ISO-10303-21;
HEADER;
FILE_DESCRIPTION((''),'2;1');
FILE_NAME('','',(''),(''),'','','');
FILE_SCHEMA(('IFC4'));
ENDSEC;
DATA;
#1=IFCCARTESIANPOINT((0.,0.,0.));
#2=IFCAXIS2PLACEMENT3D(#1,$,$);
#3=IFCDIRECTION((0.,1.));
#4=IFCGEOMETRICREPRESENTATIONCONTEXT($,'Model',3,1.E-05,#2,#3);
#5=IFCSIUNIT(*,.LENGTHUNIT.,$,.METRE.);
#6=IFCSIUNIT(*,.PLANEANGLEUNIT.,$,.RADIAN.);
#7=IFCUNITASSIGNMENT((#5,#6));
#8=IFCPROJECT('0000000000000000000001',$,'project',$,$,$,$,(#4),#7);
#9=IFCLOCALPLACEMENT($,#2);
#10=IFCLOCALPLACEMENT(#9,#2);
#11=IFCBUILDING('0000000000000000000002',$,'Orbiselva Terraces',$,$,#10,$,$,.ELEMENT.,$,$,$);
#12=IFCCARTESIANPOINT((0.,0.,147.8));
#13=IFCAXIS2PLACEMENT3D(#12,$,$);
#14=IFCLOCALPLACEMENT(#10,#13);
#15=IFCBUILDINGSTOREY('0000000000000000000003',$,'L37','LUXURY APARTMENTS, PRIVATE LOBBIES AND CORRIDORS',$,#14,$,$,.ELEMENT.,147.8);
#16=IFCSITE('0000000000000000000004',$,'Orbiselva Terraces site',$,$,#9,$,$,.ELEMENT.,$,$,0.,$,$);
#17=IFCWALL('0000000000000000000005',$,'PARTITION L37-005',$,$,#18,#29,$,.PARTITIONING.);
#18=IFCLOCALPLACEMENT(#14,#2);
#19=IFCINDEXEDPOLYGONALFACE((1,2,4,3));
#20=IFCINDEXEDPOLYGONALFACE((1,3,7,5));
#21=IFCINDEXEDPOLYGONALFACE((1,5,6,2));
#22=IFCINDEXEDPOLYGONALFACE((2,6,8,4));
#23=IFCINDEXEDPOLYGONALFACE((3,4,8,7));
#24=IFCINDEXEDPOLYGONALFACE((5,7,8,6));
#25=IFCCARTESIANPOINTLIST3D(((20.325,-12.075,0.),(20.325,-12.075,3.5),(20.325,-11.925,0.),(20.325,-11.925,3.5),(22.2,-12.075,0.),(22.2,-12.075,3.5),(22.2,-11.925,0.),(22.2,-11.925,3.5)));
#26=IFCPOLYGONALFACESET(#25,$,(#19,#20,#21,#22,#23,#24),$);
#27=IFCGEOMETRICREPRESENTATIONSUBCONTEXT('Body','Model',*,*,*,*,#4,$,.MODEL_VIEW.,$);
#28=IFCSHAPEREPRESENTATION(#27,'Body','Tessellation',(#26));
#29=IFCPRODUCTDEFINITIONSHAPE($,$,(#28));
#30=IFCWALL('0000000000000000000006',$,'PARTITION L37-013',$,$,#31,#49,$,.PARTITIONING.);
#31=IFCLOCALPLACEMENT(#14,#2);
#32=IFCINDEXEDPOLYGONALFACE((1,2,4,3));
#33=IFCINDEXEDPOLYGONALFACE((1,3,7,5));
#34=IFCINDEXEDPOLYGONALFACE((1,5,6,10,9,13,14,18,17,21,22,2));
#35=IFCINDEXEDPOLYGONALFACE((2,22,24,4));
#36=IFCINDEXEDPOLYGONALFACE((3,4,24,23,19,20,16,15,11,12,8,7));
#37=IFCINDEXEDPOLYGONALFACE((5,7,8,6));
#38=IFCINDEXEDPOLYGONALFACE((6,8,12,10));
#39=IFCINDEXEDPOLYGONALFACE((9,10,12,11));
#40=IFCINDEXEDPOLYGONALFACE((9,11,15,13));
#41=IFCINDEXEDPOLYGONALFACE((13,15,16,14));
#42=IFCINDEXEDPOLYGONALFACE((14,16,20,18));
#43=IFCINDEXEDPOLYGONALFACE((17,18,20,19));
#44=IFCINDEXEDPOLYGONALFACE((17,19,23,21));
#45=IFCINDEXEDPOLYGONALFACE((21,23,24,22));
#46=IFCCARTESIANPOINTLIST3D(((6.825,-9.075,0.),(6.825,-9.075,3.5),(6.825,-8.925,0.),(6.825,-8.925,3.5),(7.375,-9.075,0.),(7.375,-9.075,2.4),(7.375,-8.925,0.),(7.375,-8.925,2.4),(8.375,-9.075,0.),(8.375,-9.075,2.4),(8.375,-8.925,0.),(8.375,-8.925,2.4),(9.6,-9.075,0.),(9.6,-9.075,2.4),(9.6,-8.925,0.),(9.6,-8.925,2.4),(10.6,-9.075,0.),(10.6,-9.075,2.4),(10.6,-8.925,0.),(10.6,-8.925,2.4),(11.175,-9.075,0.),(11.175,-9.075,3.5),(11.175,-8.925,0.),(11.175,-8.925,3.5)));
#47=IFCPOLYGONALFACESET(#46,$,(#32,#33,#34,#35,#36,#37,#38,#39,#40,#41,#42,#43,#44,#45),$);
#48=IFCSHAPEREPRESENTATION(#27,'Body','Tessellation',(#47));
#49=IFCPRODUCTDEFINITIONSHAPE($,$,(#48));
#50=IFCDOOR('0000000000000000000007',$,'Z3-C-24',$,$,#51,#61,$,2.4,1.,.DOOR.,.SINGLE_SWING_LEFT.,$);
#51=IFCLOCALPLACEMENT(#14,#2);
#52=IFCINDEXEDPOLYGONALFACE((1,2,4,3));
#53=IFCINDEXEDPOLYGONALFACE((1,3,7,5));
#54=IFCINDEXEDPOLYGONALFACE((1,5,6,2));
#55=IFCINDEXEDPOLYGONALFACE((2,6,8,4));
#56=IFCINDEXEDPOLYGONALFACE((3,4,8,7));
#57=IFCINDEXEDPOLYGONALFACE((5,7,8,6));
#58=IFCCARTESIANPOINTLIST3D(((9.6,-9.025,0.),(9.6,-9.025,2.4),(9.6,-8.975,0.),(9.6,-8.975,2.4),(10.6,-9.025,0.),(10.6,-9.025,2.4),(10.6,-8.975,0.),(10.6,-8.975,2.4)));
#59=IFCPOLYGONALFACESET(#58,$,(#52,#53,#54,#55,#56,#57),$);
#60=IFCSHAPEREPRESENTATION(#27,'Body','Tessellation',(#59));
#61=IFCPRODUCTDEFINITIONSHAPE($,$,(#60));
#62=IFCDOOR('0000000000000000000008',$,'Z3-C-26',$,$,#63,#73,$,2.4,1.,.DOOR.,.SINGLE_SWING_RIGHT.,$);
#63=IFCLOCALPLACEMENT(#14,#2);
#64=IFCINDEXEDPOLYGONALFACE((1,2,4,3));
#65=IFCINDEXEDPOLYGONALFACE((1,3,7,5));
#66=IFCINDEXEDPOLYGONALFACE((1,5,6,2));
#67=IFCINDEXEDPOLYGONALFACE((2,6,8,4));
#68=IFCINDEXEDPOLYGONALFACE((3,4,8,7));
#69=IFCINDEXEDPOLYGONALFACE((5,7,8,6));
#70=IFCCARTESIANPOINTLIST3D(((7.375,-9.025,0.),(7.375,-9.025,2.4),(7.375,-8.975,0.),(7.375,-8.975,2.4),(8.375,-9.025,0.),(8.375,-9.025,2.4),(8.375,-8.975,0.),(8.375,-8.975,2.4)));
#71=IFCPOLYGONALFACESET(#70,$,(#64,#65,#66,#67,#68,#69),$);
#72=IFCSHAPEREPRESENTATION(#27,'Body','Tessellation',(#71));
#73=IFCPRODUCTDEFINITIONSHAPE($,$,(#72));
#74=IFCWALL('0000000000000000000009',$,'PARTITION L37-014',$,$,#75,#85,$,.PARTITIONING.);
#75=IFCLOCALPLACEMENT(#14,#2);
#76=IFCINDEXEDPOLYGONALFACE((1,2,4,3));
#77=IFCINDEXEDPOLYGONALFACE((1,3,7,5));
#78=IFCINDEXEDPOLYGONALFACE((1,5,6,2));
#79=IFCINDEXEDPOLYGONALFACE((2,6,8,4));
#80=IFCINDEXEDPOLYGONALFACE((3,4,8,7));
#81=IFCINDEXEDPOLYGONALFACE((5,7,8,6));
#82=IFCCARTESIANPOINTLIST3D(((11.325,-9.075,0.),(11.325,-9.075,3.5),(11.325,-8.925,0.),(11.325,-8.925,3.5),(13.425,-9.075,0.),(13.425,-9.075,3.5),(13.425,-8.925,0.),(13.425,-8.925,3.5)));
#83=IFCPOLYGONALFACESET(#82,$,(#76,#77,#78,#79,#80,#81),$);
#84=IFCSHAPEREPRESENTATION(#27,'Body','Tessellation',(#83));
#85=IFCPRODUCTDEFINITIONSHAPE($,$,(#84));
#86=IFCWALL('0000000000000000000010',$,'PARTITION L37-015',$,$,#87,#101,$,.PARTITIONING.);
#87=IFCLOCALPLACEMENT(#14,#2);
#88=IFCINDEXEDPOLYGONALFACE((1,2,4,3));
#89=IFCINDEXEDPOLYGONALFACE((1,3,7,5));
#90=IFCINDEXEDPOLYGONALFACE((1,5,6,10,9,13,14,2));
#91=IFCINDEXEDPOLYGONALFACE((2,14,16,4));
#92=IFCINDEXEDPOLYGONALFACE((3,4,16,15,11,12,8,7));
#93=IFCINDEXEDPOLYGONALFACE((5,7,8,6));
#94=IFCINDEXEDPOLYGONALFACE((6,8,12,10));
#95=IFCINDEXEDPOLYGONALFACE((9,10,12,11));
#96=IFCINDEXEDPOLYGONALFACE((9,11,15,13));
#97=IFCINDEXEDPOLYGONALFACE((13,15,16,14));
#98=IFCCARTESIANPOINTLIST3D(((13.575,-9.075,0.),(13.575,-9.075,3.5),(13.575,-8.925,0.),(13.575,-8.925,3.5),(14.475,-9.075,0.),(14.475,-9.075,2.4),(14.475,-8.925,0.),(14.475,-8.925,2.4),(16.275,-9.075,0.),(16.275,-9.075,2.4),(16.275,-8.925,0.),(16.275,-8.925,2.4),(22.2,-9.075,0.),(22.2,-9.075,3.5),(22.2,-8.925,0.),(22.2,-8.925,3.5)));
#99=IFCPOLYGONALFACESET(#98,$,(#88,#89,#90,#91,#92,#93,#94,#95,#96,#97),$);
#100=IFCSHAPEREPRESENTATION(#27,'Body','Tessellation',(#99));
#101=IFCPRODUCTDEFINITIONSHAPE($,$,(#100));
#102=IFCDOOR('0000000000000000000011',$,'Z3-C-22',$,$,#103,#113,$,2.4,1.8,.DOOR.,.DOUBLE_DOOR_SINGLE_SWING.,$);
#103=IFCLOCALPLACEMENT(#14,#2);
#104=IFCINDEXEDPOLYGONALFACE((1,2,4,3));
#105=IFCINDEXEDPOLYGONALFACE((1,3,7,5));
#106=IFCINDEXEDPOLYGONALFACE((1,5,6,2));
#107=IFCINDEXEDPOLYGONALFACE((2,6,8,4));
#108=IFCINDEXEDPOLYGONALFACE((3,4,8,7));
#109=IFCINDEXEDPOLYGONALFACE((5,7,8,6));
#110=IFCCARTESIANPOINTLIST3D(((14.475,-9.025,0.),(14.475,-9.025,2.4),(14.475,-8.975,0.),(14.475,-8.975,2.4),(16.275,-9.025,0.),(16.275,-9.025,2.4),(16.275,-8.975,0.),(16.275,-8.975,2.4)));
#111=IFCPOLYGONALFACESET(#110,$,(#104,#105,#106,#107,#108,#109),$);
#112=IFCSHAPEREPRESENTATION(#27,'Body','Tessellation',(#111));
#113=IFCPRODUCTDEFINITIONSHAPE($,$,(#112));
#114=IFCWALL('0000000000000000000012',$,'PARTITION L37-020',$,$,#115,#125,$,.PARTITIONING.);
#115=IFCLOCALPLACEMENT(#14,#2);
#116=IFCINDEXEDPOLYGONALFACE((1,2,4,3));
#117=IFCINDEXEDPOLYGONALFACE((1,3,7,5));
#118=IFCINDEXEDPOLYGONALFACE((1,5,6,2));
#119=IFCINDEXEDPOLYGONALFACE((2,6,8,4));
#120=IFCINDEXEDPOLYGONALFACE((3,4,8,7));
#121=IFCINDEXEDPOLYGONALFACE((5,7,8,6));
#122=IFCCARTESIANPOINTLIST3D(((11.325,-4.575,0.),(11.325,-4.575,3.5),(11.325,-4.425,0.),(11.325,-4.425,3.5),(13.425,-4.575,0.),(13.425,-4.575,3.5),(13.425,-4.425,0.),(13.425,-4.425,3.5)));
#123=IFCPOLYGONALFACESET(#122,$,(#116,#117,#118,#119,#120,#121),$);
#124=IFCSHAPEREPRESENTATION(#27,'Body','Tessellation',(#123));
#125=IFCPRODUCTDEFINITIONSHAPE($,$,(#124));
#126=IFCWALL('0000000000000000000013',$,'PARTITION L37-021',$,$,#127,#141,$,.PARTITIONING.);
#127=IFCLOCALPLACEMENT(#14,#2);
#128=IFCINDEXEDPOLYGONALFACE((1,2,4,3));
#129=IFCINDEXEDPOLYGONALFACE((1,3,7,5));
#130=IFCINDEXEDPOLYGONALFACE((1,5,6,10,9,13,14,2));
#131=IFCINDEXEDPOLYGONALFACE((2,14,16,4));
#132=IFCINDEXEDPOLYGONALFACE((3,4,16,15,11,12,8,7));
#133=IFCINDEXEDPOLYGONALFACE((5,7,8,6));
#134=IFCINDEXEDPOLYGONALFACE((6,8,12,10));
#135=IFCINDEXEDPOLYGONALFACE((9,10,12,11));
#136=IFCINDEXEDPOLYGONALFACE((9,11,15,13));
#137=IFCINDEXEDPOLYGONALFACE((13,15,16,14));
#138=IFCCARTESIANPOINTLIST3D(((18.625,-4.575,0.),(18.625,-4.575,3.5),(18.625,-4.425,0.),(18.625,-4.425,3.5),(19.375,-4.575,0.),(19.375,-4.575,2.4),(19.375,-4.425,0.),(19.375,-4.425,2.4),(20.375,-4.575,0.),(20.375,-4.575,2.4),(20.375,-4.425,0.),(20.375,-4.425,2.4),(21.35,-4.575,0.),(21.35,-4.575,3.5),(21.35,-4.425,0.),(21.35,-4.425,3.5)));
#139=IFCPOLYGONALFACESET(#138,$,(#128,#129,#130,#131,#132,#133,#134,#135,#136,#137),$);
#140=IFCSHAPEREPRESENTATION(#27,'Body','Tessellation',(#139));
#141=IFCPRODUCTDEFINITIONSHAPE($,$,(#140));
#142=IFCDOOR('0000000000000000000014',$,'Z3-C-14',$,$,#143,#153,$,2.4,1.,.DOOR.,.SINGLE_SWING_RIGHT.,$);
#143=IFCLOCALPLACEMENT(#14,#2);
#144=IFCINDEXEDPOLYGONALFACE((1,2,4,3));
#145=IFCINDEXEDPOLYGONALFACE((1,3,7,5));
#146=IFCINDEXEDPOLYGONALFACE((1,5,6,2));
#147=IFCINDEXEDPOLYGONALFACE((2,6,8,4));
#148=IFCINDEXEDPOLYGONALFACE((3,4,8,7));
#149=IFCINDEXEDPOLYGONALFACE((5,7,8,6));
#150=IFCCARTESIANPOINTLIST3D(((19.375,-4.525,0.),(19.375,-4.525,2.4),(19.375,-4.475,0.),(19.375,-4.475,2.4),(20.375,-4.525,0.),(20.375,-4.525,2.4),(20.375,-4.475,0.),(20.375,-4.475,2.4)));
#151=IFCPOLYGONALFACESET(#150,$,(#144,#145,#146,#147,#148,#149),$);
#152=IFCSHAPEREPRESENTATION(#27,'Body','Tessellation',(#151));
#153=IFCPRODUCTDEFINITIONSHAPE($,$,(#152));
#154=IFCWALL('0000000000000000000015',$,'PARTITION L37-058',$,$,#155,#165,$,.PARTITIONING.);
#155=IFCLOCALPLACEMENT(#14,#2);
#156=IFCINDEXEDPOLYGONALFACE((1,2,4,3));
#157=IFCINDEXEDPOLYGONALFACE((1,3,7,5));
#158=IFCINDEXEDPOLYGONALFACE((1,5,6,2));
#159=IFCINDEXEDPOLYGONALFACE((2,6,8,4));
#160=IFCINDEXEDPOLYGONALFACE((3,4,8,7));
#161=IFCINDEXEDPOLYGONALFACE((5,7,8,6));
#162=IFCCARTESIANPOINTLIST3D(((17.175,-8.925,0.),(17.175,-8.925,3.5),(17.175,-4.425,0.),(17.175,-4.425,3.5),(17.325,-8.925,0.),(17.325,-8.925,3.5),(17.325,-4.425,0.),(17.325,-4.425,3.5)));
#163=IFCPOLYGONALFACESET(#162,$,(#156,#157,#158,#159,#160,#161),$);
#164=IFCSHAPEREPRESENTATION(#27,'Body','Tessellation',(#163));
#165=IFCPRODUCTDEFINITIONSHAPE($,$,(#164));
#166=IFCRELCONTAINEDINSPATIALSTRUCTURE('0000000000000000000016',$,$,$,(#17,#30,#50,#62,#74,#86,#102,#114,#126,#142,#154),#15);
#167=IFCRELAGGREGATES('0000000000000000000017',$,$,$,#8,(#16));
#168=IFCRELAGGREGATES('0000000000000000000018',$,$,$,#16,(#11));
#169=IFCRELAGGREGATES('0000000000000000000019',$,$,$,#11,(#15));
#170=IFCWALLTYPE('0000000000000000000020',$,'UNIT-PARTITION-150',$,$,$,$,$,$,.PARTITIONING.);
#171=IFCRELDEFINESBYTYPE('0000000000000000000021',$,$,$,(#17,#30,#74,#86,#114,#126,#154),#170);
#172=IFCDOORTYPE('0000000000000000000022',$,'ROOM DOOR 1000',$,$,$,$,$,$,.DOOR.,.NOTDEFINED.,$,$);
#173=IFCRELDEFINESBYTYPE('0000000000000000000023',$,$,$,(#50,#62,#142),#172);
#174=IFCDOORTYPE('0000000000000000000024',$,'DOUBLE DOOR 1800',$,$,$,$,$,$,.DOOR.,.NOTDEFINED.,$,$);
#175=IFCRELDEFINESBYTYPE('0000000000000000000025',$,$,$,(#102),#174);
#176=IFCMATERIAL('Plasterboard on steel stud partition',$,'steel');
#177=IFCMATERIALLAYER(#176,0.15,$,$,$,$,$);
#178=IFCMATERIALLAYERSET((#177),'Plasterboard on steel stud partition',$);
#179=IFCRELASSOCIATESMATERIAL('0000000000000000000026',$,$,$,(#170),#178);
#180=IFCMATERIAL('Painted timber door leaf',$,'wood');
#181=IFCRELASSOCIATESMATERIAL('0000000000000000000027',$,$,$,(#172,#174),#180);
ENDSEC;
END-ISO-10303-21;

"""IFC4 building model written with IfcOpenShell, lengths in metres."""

from ifc_helpers import new_model, si_unit, direction, frame, frame_2d, origin, place, context, subcontext, project, spatial, rectangle, extrude, material, layer, layer_set, type_object, element, fill, save


model = new_model("IFC4")

# Units and contexts
model_context = context("Model", 3, precision=1e-05, world=origin(), true_north=direction((0.0, 1.0)))
body_context = subcontext(model_context, "Body", "Model", "MODEL_VIEW")
ifc_project = project(units=[si_unit("LENGTHUNIT", "METRE"), si_unit("PLANEANGLEUNIT", "RADIAN")], contexts=[model_context])

# Site, building, storey
site_placement = place(None, origin())
site = spatial("IfcSite", under=ifc_project, at=site_placement, Name="Orbiselva Terraces site", CompositionType="ELEMENT", RefElevation=0.0)
building_placement = place(site_placement, origin())
building = spatial("IfcBuilding", under=site, at=building_placement, Name="Orbiselva Terraces", CompositionType="ELEMENT")
storey_placement = place(building_placement, frame((0.0, 0.0, 147.8)))
storey = spatial("IfcBuildingStorey", under=building, at=storey_placement, Name="L37", Description="LUXURY APARTMENTS, PRIVATE LOBBIES AND CORRIDORS", CompositionType="ELEMENT", Elevation=147.8)

# Shared definitions
ifc_material_1 = material(Name="Plasterboard on steel stud partition", Category="steel")
ifc_material_2 = material(Name="Painted timber door leaf", Category="wood")

# Shared definitions
ifc_layer_1 = layer(ifc_material_1, 0.15)
ifc_layer_set_1 = layer_set([ifc_layer_1], Name="Plasterboard on steel stud partition")
wall_type_1 = type_object("IfcWallType", Name="UNIT-PARTITION-150", PredefinedType="PARTITIONING", material=ifc_layer_set_1)

# Wall
wall_1_placement = place(storey_placement, frame((20.325, -12.0, 0.0), z_axis=(0.0, 0.0, 1.0), x_axis=(1.0, 0.0, 0.0)))
element("IfcWall", 1, at=wall_1_placement, inside=storey, type_object=wall_type_1, Name="PARTITION L37-005", PredefinedType="PARTITIONING", context=body_context, shape_type="SweptSolid", body=[
    extrude(rectangle(XDim=1.875, YDim=0.15, at=frame_2d((0.9375, 0.0))), origin(), (0.0, 0.0, 1.0), 3.5),
])

# Wall, openings, doors
wall_2_placement = place(storey_placement, frame((11.175, -9.0, 0.0), z_axis=(0.0, 0.0, 1.0), x_axis=(-1.0, 0.0, 0.0)))
wall_2 = element("IfcWall", 2, at=wall_2_placement, inside=storey, type_object=wall_type_1, Name="PARTITION L37-013", PredefinedType="PARTITIONING", context=body_context, shape_type="SweptSolid", body=[
    extrude(rectangle(XDim=4.35, YDim=0.15, at=frame_2d((2.175, 0.0))), origin(), (0.0, 0.0, 1.0), 3.5),
])
opening_1_placement = place(wall_2_placement, frame((0.575, 0.0, 0.0)))
opening_1 = element("IfcOpeningElement", 3, at=opening_1_placement, cuts=wall_2, PredefinedType="OPENING", context=body_context, shape_type="SweptSolid", body=[
    extrude(rectangle(XDim=1.0, YDim=2.4, at=frame_2d((0.5, 1.2))), frame((0.0, 0.085, 0.0), z_axis=(0.0, -1.0, 0.0), x_axis=(1.0, 0.0, 0.0)), (0.0, 0.0, 1.0), 0.17),
])
opening_2_placement = place(wall_2_placement, frame((2.8, 0.0, 0.0)))
opening_2 = element("IfcOpeningElement", 4, at=opening_2_placement, cuts=wall_2, PredefinedType="OPENING", context=body_context, shape_type="SweptSolid", body=[
    extrude(rectangle(XDim=1.0, YDim=2.4, at=frame_2d((0.5, 1.2))), frame((0.0, 0.085, 0.0), z_axis=(0.0, -1.0, 0.0), x_axis=(1.0, 0.0, 0.0)), (0.0, 0.0, 1.0), 0.17),
])
door_type_1 = type_object("IfcDoorType", Name="ROOM DOOR 1000", OperationType="NOTDEFINED", PredefinedType="DOOR", material=ifc_material_2)
door_1_placement = place(opening_1_placement, origin())
door_1 = element("IfcDoor", 5, at=door_1_placement, inside=storey, type_object=door_type_1, Name="Z3-C-24", OperationType="SINGLE_SWING_LEFT", OverallHeight=2.4, OverallWidth=1.0, PredefinedType="DOOR", context=body_context, shape_type="SweptSolid", body=[
    extrude(rectangle(XDim=1.0, YDim=2.4, at=frame_2d((0.5, 1.2))), frame((0.0, 0.025, 0.0), z_axis=(0.0, -1.0, 0.0), x_axis=(1.0, 0.0, 0.0)), (0.0, 0.0, 1.0), 0.05),
])
fill(opening_1, door_1)
door_2_placement = place(opening_2_placement, origin())
door_2 = element("IfcDoor", 6, at=door_2_placement, inside=storey, type_object=door_type_1, Name="Z3-C-26", OperationType="SINGLE_SWING_RIGHT", OverallHeight=2.4, OverallWidth=1.0, PredefinedType="DOOR", context=body_context, shape_type="SweptSolid", body=[
    extrude(rectangle(XDim=1.0, YDim=2.4, at=frame_2d((0.5, 1.2))), frame((0.0, 0.025, 0.0), z_axis=(0.0, -1.0, 0.0), x_axis=(1.0, 0.0, 0.0)), (0.0, 0.0, 1.0), 0.05),
])
fill(opening_2, door_2)

# Wall
wall_3_placement = place(storey_placement, frame((11.325, -9.0, 0.0), z_axis=(0.0, 0.0, 1.0), x_axis=(1.0, 0.0, 0.0)))
element("IfcWall", 7, at=wall_3_placement, inside=storey, type_object=wall_type_1, Name="PARTITION L37-014", PredefinedType="PARTITIONING", context=body_context, shape_type="SweptSolid", body=[
    extrude(rectangle(XDim=2.1, YDim=0.15, at=frame_2d((1.05, 0.0))), origin(), (0.0, 0.0, 1.0), 3.5),
])

# Wall, opening, door
wall_4_placement = place(storey_placement, frame((22.2, -9.0, 0.0), z_axis=(0.0, 0.0, 1.0), x_axis=(-1.0, 0.0, 0.0)))
wall_4 = element("IfcWall", 8, at=wall_4_placement, inside=storey, type_object=wall_type_1, Name="PARTITION L37-015", PredefinedType="PARTITIONING", context=body_context, shape_type="SweptSolid", body=[
    extrude(rectangle(XDim=8.625, YDim=0.15, at=frame_2d((4.3125, 0.0))), origin(), (0.0, 0.0, 1.0), 3.5),
])
opening_3_placement = place(wall_4_placement, frame((5.925, 0.0, 0.0)))
opening_3 = element("IfcOpeningElement", 9, at=opening_3_placement, cuts=wall_4, PredefinedType="OPENING", context=body_context, shape_type="SweptSolid", body=[
    extrude(rectangle(XDim=1.8, YDim=2.4, at=frame_2d((0.9, 1.2))), frame((0.0, 0.085, 0.0), z_axis=(0.0, -1.0, 0.0), x_axis=(1.0, 0.0, 0.0)), (0.0, 0.0, 1.0), 0.17),
])
door_type_2 = type_object("IfcDoorType", Name="DOUBLE DOOR 1800", OperationType="NOTDEFINED", PredefinedType="DOOR", material=ifc_material_2)
door_3_placement = place(opening_3_placement, origin())
door_3 = element("IfcDoor", 10, at=door_3_placement, inside=storey, type_object=door_type_2, Name="Z3-C-22", OperationType="DOUBLE_DOOR_SINGLE_SWING", OverallHeight=2.4, OverallWidth=1.8, PredefinedType="DOOR", context=body_context, shape_type="SweptSolid", body=[
    extrude(rectangle(XDim=1.8, YDim=2.4, at=frame_2d((0.9, 1.2))), frame((0.0, 0.025, 0.0), z_axis=(0.0, -1.0, 0.0), x_axis=(1.0, 0.0, 0.0)), (0.0, 0.0, 1.0), 0.05),
])
fill(opening_3, door_3)

# Wall
wall_5_placement = place(storey_placement, frame((11.325, -4.5, 0.0), z_axis=(0.0, 0.0, 1.0), x_axis=(1.0, 0.0, 0.0)))
element("IfcWall", 11, at=wall_5_placement, inside=storey, type_object=wall_type_1, Name="PARTITION L37-020", PredefinedType="PARTITIONING", context=body_context, shape_type="SweptSolid", body=[
    extrude(rectangle(XDim=2.1, YDim=0.15, at=frame_2d((1.05, 0.0))), origin(), (0.0, 0.0, 1.0), 3.5),
])

# Wall, opening, door
wall_6_placement = place(storey_placement, frame((21.35, -4.5, 0.0), z_axis=(0.0, 0.0, 1.0), x_axis=(-1.0, 0.0, 0.0)))
wall_6 = element("IfcWall", 12, at=wall_6_placement, inside=storey, type_object=wall_type_1, Name="PARTITION L37-021", PredefinedType="PARTITIONING", context=body_context, shape_type="SweptSolid", body=[
    extrude(rectangle(XDim=2.725, YDim=0.15, at=frame_2d((1.3625, 0.0))), origin(), (0.0, 0.0, 1.0), 3.5),
])
opening_4_placement = place(wall_6_placement, frame((0.975, 0.0, 0.0)))
opening_4 = element("IfcOpeningElement", 13, at=opening_4_placement, cuts=wall_6, PredefinedType="OPENING", context=body_context, shape_type="SweptSolid", body=[
    extrude(rectangle(XDim=1.0, YDim=2.4, at=frame_2d((0.5, 1.2))), frame((0.0, 0.085, 0.0), z_axis=(0.0, -1.0, 0.0), x_axis=(1.0, 0.0, 0.0)), (0.0, 0.0, 1.0), 0.17),
])
door_4_placement = place(opening_4_placement, origin())
door_4 = element("IfcDoor", 14, at=door_4_placement, inside=storey, type_object=door_type_1, Name="Z3-C-14", OperationType="SINGLE_SWING_RIGHT", OverallHeight=2.4, OverallWidth=1.0, PredefinedType="DOOR", context=body_context, shape_type="SweptSolid", body=[
    extrude(rectangle(XDim=1.0, YDim=2.4, at=frame_2d((0.5, 1.2))), frame((0.0, 0.025, 0.0), z_axis=(0.0, -1.0, 0.0), x_axis=(1.0, 0.0, 0.0)), (0.0, 0.0, 1.0), 0.05),
])
fill(opening_4, door_4)

# Wall
wall_7_placement = place(storey_placement, frame((17.25, -8.925, 0.0), z_axis=(0.0, 0.0, 1.0), x_axis=(0.0, 1.0, 0.0)))
element("IfcWall", 15, at=wall_7_placement, inside=storey, type_object=wall_type_1, Name="PARTITION L37-058", PredefinedType="PARTITIONING", context=body_context, shape_type="SweptSolid", body=[
    extrude(rectangle(XDim=4.5, YDim=0.15, at=frame_2d((2.25, 0.0))), origin(), (0.0, 0.0, 1.0), 3.5),
])

save(model, "model.ifc")
